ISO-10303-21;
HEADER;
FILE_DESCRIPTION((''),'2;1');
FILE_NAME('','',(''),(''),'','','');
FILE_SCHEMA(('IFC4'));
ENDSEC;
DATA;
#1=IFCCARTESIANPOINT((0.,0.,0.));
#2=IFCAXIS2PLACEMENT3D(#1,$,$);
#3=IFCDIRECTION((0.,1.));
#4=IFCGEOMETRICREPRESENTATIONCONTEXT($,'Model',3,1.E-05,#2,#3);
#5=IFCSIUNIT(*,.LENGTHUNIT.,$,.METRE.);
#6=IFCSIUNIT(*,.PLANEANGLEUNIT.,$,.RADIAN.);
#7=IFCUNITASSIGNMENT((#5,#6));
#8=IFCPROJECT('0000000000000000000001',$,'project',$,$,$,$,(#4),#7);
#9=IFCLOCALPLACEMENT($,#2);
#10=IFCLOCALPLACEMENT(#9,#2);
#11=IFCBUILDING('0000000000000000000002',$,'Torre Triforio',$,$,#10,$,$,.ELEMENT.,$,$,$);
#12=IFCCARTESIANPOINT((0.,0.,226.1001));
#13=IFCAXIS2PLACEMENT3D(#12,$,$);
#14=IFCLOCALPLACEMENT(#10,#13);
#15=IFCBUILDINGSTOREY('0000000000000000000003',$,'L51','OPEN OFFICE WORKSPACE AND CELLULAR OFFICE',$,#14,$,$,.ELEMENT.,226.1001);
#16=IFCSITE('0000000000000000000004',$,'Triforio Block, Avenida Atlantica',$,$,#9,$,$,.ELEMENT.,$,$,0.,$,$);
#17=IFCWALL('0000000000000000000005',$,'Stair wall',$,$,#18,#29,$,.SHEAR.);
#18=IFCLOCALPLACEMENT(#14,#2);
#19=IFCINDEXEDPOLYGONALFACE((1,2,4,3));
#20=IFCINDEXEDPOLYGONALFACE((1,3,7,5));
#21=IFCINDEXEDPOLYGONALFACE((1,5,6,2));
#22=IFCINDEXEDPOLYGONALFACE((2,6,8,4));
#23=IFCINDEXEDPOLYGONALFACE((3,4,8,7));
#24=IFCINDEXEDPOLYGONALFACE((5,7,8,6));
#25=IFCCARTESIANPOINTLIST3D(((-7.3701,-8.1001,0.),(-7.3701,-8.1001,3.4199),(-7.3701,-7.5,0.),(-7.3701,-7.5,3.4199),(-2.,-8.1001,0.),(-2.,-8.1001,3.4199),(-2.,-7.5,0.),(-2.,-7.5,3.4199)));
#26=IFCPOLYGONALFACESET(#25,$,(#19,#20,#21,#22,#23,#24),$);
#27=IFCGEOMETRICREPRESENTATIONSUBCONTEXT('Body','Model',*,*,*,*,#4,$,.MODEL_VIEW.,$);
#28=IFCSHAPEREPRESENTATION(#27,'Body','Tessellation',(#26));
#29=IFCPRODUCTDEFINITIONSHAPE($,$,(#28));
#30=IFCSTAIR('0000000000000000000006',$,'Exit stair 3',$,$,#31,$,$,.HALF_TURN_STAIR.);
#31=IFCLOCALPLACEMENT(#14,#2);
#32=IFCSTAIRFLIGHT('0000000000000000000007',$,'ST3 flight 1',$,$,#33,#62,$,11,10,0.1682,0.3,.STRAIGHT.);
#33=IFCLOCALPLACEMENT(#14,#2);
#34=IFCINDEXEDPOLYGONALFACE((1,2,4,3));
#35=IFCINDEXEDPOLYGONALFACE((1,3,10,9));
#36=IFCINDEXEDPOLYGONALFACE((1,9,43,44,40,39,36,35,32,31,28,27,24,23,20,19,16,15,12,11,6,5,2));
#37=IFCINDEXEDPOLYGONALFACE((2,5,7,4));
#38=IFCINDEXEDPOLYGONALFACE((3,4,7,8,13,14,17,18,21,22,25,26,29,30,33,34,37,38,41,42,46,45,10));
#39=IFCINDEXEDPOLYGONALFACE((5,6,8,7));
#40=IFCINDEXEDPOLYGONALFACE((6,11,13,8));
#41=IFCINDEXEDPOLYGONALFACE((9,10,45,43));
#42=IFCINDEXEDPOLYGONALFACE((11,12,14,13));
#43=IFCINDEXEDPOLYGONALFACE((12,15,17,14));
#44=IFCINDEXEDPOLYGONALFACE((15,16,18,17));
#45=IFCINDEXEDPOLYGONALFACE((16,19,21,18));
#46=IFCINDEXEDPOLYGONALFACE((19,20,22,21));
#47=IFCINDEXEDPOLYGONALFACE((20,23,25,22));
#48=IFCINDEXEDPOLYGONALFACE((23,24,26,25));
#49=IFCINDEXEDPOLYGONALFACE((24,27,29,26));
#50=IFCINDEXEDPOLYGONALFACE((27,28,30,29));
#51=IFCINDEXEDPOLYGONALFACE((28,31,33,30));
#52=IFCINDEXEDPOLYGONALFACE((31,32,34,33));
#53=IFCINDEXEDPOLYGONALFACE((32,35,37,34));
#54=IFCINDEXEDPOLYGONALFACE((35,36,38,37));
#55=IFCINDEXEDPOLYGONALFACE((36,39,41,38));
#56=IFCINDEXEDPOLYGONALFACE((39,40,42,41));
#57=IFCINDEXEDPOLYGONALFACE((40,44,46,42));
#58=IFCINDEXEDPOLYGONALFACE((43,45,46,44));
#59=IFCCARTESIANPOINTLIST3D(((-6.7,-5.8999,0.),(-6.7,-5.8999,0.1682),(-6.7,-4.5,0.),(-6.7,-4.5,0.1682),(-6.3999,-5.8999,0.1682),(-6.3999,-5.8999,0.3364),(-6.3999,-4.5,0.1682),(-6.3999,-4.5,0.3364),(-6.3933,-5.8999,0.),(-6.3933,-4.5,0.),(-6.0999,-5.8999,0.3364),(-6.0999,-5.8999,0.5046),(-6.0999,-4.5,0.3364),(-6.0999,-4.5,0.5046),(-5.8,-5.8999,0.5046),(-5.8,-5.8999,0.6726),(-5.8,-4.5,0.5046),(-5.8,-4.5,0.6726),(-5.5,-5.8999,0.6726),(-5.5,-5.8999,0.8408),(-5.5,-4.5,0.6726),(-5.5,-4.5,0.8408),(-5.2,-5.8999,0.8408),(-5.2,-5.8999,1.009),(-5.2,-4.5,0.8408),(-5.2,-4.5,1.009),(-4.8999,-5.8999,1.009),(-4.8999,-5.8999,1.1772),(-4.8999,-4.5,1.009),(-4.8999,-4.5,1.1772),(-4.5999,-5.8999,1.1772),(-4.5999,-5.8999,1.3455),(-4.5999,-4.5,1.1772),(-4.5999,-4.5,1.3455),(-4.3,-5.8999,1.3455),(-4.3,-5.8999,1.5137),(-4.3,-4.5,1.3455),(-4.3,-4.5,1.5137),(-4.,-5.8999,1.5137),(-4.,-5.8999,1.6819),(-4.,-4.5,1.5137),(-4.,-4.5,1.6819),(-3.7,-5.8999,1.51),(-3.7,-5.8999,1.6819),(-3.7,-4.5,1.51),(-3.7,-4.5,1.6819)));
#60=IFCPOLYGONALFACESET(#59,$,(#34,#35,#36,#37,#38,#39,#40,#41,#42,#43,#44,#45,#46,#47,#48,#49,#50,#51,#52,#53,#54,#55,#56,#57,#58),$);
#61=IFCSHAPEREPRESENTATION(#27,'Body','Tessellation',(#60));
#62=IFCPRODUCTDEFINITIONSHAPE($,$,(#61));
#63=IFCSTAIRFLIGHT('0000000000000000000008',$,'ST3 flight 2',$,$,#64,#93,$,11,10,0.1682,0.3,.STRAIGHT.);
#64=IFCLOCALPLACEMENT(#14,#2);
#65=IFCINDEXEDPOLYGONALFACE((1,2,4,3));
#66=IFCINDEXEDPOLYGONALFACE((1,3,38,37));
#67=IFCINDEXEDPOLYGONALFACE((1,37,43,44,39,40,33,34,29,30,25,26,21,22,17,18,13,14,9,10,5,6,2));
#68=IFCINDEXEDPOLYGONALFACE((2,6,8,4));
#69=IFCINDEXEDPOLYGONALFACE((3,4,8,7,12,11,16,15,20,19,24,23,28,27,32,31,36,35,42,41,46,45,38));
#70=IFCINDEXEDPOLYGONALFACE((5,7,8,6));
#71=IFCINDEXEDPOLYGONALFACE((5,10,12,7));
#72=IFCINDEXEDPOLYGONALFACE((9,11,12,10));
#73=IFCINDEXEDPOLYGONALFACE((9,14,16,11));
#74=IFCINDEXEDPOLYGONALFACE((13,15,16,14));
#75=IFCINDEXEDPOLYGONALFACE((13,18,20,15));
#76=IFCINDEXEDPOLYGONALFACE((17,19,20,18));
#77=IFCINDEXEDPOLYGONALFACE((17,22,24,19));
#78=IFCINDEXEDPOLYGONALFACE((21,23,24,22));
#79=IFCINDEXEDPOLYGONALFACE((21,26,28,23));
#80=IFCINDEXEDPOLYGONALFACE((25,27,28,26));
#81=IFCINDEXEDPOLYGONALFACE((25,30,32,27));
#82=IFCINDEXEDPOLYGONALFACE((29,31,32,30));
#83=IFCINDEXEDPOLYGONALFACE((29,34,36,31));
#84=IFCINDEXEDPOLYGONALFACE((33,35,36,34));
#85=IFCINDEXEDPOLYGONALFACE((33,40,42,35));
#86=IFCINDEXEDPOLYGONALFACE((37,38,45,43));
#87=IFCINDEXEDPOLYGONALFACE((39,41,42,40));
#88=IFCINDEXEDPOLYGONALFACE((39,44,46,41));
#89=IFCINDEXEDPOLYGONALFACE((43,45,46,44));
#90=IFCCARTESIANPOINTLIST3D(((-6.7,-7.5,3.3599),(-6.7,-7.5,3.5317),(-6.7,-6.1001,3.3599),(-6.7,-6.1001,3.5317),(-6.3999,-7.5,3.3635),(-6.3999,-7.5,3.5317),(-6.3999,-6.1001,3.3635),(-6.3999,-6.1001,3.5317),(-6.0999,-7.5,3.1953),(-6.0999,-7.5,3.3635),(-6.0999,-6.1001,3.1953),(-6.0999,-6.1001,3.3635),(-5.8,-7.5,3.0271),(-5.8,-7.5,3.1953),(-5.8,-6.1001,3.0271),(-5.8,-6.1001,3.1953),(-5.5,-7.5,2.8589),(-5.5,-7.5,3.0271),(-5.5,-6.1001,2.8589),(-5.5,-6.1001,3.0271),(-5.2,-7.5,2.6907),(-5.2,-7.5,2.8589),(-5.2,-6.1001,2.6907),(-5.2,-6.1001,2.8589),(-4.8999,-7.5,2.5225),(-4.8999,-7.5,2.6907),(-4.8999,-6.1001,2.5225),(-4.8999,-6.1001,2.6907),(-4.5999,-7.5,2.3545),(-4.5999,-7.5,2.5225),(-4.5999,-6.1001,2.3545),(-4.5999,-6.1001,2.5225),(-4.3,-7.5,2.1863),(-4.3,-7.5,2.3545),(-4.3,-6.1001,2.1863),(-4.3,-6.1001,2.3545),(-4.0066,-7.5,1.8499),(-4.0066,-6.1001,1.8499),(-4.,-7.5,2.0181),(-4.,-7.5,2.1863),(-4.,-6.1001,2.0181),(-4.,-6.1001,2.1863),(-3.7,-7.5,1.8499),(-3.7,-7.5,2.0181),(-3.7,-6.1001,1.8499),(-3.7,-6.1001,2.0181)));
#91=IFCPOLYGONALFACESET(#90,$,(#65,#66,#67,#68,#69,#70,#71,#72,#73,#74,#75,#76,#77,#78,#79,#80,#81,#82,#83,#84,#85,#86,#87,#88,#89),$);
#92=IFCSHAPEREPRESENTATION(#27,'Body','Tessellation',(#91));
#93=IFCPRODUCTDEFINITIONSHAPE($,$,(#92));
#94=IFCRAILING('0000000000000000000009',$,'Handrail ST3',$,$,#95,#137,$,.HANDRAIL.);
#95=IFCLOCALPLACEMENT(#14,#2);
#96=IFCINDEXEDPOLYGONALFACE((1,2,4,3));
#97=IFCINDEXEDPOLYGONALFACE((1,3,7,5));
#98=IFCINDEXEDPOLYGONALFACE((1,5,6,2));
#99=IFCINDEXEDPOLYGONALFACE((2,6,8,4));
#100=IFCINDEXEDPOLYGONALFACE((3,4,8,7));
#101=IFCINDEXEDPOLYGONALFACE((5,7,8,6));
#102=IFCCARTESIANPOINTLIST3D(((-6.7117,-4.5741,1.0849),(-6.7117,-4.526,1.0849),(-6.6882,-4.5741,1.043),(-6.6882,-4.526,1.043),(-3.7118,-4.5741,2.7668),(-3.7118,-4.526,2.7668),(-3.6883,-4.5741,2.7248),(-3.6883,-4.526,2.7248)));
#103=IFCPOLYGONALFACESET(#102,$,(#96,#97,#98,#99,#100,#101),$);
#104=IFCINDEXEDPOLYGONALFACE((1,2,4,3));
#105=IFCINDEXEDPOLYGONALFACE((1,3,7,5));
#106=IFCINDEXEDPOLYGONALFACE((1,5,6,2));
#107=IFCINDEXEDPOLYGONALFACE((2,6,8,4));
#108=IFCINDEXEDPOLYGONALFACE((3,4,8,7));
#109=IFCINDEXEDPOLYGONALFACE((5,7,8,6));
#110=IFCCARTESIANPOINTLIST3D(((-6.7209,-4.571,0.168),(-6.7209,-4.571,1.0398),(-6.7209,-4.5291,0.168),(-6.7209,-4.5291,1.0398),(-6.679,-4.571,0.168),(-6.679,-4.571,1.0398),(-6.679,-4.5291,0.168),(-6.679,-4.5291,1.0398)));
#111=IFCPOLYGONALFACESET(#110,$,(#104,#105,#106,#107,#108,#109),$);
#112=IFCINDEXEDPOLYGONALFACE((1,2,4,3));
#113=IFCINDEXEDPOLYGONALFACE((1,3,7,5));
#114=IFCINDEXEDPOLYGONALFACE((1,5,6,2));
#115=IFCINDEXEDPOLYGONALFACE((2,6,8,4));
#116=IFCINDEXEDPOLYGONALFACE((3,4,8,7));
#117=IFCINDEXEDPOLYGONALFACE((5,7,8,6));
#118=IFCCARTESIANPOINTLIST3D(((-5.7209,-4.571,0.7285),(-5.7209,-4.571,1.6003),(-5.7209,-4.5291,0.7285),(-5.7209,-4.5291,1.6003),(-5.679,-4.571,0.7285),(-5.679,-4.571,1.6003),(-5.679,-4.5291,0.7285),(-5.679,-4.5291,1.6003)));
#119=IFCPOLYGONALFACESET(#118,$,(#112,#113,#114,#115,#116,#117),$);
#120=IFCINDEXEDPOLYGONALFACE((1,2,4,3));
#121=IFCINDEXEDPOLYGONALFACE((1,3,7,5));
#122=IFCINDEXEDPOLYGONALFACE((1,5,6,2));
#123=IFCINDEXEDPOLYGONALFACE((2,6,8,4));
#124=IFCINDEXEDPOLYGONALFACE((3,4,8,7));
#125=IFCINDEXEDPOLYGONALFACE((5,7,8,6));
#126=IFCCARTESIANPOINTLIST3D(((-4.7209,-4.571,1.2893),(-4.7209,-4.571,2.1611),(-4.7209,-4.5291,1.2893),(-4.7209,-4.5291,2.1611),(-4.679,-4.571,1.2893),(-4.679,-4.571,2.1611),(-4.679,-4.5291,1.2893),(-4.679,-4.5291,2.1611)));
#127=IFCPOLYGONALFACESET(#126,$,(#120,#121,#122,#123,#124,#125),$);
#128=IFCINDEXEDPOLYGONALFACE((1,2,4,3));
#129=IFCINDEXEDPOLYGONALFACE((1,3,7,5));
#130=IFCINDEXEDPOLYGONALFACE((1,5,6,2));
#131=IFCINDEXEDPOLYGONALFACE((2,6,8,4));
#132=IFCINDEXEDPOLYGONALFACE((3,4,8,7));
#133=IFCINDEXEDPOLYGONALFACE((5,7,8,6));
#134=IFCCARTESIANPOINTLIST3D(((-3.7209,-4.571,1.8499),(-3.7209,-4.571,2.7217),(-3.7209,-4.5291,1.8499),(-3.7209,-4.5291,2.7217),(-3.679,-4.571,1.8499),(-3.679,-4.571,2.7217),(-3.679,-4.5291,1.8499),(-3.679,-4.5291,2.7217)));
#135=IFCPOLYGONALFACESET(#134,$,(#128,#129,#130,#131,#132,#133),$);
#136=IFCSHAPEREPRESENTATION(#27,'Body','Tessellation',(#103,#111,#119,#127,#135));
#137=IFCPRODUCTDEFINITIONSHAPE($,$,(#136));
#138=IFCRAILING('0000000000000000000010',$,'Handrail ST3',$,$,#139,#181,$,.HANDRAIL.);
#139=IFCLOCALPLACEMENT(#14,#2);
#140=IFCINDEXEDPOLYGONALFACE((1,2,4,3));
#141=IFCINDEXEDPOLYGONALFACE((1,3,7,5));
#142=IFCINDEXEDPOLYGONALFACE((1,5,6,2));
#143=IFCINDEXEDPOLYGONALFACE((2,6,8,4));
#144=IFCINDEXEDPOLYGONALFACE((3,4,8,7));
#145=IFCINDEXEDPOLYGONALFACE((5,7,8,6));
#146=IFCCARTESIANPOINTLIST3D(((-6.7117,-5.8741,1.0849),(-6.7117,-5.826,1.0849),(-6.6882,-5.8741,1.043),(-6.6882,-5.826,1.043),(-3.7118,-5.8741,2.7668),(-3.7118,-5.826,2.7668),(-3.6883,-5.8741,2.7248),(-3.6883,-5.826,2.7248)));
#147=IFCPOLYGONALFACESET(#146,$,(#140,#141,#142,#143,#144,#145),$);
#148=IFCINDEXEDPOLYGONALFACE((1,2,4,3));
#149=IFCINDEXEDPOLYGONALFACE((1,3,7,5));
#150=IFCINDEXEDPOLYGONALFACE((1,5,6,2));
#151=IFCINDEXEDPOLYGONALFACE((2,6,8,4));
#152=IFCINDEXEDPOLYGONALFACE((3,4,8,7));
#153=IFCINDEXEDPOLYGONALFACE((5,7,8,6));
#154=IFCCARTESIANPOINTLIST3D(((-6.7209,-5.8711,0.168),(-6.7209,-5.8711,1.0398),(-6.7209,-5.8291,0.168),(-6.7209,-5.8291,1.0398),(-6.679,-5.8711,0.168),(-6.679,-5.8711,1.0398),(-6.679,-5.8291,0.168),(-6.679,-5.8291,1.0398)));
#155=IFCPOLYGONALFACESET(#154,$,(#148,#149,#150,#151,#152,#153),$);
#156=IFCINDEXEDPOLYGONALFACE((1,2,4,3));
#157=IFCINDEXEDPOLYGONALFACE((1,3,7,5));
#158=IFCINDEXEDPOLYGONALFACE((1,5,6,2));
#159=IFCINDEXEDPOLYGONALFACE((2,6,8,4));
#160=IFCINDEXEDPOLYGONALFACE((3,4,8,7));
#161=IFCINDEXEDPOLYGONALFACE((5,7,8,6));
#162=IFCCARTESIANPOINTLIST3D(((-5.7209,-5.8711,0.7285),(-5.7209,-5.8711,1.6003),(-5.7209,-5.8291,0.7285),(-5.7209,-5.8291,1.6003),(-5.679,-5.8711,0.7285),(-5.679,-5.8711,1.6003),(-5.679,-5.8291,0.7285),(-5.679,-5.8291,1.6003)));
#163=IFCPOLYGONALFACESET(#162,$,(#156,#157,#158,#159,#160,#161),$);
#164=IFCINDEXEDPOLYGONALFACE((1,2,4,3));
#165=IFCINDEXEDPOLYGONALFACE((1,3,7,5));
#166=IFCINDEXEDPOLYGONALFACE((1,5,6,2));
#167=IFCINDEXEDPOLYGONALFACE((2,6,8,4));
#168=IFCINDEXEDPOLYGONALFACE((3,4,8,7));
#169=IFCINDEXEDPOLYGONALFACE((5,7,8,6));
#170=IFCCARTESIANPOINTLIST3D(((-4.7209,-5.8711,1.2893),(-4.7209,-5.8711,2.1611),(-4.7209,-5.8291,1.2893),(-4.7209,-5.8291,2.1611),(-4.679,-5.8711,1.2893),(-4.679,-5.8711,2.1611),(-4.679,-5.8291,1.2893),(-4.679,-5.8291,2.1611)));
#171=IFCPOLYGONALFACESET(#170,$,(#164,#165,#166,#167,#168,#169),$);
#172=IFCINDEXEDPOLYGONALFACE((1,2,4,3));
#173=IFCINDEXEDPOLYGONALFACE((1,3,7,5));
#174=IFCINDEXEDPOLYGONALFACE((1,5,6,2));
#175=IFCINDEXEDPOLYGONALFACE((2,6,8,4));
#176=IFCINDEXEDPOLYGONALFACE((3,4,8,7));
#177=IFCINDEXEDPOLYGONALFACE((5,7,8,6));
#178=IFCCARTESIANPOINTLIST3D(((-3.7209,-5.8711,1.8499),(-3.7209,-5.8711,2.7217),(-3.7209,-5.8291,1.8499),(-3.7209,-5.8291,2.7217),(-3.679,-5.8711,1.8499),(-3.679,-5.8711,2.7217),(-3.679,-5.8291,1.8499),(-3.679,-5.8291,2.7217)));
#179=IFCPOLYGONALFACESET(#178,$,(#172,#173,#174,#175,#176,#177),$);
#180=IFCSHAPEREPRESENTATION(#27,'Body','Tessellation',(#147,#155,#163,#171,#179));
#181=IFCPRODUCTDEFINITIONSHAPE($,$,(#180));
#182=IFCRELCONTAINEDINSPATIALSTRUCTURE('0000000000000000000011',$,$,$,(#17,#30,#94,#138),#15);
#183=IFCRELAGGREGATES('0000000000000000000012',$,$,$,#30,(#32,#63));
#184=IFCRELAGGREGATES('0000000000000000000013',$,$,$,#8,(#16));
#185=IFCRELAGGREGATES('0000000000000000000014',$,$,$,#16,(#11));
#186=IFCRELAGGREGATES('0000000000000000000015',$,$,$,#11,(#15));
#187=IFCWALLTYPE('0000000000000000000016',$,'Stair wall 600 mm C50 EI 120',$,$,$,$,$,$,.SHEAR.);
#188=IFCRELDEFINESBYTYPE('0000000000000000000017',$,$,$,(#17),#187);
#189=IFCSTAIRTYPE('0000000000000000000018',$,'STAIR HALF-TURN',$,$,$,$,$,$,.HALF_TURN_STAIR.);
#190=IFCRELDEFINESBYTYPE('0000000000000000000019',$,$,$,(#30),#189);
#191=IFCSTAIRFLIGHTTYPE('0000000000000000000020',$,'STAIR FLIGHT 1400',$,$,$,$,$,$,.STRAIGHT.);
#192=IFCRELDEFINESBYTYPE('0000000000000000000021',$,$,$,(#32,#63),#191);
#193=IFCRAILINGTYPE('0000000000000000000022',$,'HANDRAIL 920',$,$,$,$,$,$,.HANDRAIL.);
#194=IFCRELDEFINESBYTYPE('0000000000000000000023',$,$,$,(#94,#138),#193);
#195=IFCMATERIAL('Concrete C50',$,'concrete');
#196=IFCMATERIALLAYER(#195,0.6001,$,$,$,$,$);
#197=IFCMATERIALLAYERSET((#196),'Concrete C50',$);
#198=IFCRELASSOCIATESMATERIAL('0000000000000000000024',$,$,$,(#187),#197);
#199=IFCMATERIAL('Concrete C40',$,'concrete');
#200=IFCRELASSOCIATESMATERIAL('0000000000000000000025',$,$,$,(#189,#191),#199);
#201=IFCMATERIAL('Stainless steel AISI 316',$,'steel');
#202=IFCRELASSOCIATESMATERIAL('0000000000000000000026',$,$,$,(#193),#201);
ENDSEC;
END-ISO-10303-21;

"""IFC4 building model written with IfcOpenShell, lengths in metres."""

from ifc_helpers import new_model, si_unit, direction, frame, frame_2d, origin, origin_2d, place, context, subcontext, project, spatial, polyline, rectangle, outline, extrude, material, layer, layer_set, type_object, element, aggregate, save


model = new_model("IFC4")

# Units and contexts
model_context = context("Model", 3, precision=1e-05, world=origin(), true_north=direction((0.0, 1.0)))
body_context = subcontext(model_context, "Body", "Model", "MODEL_VIEW")
ifc_project = project(units=[si_unit("LENGTHUNIT", "METRE"), si_unit("PLANEANGLEUNIT", "RADIAN")], contexts=[model_context])

# Site, building, storey
site_placement = place(None, origin())
site = spatial("IfcSite", under=ifc_project, at=site_placement, Name="Triforio Block, Avenida Atlantica", CompositionType="ELEMENT", RefElevation=0.0)
building_placement = place(site_placement, origin())
building = spatial("IfcBuilding", under=site, at=building_placement, Name="Torre Triforio", CompositionType="ELEMENT")
storey_placement = place(building_placement, frame((0.0, 0.0, 226.1001)))
storey = spatial("IfcBuildingStorey", under=building, at=storey_placement, Name="L51", Description="OPEN OFFICE WORKSPACE AND CELLULAR OFFICE", CompositionType="ELEMENT", Elevation=226.1001)

# Shared definitions
ifc_material_1 = material(Name="Concrete C40", Category="concrete")

# Shared definitions
ifc_material_2 = material(Name="Concrete C50", Category="concrete")

# Wall
ifc_layer_1 = layer(ifc_material_2, 0.6001)
ifc_layer_set_1 = layer_set([ifc_layer_1], Name="Concrete C50")
wall_type_1 = type_object("IfcWallType", Name="Stair wall 600 mm C50 EI 120", PredefinedType="SHEAR", material=ifc_layer_set_1)
wall_1_placement = place(storey_placement, frame((-7.3701, -7.8, 0.0), z_axis=(0.0, 0.0, 1.0), x_axis=(1.0, 0.0, 0.0)))
element("IfcWall", 1, at=wall_1_placement, inside=storey, type_object=wall_type_1, Name="Stair wall", PredefinedType="SHEAR", context=body_context, shape_type="SweptSolid", body=[
    extrude(rectangle(XDim=5.3701, YDim=0.6001, at=frame_2d((2.6851, 0.0))), origin(), (0.0, 0.0, 1.0), 3.4199),
])

# Stair, stair flights
stair_type = type_object("IfcStairType", Name="STAIR HALF-TURN", PredefinedType="HALF_TURN_STAIR", material=ifc_material_1)
stair_placement = place(storey_placement, origin())
stair = element("IfcStair", 2, at=stair_placement, inside=storey, type_object=stair_type, Name="Exit stair 3", PredefinedType="HALF_TURN_STAIR")
stair_flight_type = type_object("IfcStairFlightType", Name="STAIR FLIGHT 1400", PredefinedType="STRAIGHT", material=ifc_material_1)
stair_flight_1_placement = place(storey_placement, frame((-6.7, -5.2, 0.0), z_axis=(0.0, 0.0, 1.0), x_axis=(1.0, 0.0, 0.0)))
stair_flight_1 = element("IfcStairFlight", 3, at=stair_flight_1_placement, type_object=stair_flight_type, Name="ST3 flight 1", NumberOfRisers=11, NumberOfTreads=10, PredefinedType="STRAIGHT", RiserHeight=0.1682, TreadLength=0.3, context=body_context, shape_type="SweptSolid", body=[
    extrude(outline(polyline([(0.0, 0.0), (0.0, 0.1682), (0.3, 0.1682), (0.3, 0.3364), (0.6001, 0.3364), (0.6001, 0.5046), (0.8999, 0.5046), (0.8999, 0.6726), (1.2, 0.6726), (1.2, 0.8408), (1.5, 0.8408), (1.5, 1.009), (1.8, 1.009), (1.8, 1.1772), (2.1001, 1.1772), (2.1001, 1.3455), (2.3999, 1.3455), (2.3999, 1.5137), (2.7, 1.5137), (2.7, 1.6819), (3.0, 1.6819), (3.0, 1.8501), (3.0, 1.51), (0.3066, 0.0), (0.0, 0.0)])), frame((0.0, 0.7, 0.0), z_axis=(0.0, -1.0, 0.0), x_axis=(1.0, 0.0, 0.0)), (0.0, 0.0, 1.0), 1.3999),
])
stair_flight_2_placement = place(storey_placement, frame((-3.7, -6.8, 1.8499), z_axis=(0.0, 0.0, 1.0), x_axis=(-1.0, 0.0, 0.0)))
stair_flight_2 = element("IfcStairFlight", 4, at=stair_flight_2_placement, type_object=stair_flight_type, Name="ST3 flight 2", NumberOfRisers=11, NumberOfTreads=10, PredefinedType="STRAIGHT", RiserHeight=0.1682, TreadLength=0.3, context=body_context, shape_type="SweptSolid", body=[
    extrude(outline(polyline([(0.0, 0.0), (0.0, 0.1682), (0.3, 0.1682), (0.3, 0.3364), (0.6001, 0.3364), (0.6001, 0.5046), (0.8999, 0.5046), (0.8999, 0.6726), (1.2, 0.6726), (1.2, 0.8408), (1.5, 0.8408), (1.5, 1.009), (1.8, 1.009), (1.8, 1.1772), (2.1001, 1.1772), (2.1001, 1.3455), (2.3999, 1.3455), (2.3999, 1.5137), (2.7, 1.5137), (2.7, 1.6819), (3.0, 1.6819), (3.0, 1.8501), (3.0, 1.51), (0.3066, 0.0), (0.0, 0.0)])), frame((0.0, 0.7, 0.0), z_axis=(0.0, -1.0, 0.0), x_axis=(1.0, 0.0, 0.0)), (0.0, 0.0, 1.0), 1.3999),
])
aggregate(stair, [stair_flight_1, stair_flight_2])

# Railings
ifc_material_3 = material(Name="Stainless steel AISI 316", Category="steel")
railing_type = type_object("IfcRailingType", Name="HANDRAIL 920", PredefinedType="HANDRAIL", material=ifc_material_3)
for number, where, name in (
    (5, (-6.7, -4.55, 0.168), "Handrail ST3"),
    (6, (-6.7, -5.8501, 0.168), "Handrail ST3"),
):
    element("IfcRailing", number, at=place(storey_placement, frame(where)), inside=storey, type_object=railing_type, Name=name, PredefinedType="HANDRAIL", context=body_context, shape_type="SweptSolid", body=[
        extrude(rectangle(XDim=0.0481, YDim=0.0481, at=origin_2d()), frame((0.0, 0.0, 0.896), z_axis=(0.872272, 0.0, 0.48902), x_axis=(0.0, 1.0, 0.0)), (0.0, 0.0, 1.0), 3.4392),
        extrude(rectangle(XDim=0.042, YDim=0.042, at=origin_2d()), origin(), (0.0, 0.0, 1.0), 0.8718),
        extrude(rectangle(XDim=0.042, YDim=0.042, at=origin_2d()), frame((1.0, 0.0, 0.5605)), (0.0, 0.0, 1.0), 0.8718),
        extrude(rectangle(XDim=0.042, YDim=0.042, at=origin_2d()), frame((2.0, 0.0, 1.1213)), (0.0, 0.0, 1.0), 0.8718),
        extrude(rectangle(XDim=0.042, YDim=0.042, at=origin_2d()), frame((3.0, 0.0, 1.6819)), (0.0, 0.0, 1.0), 0.8718),
    ])

save(model, "model.ifc")
